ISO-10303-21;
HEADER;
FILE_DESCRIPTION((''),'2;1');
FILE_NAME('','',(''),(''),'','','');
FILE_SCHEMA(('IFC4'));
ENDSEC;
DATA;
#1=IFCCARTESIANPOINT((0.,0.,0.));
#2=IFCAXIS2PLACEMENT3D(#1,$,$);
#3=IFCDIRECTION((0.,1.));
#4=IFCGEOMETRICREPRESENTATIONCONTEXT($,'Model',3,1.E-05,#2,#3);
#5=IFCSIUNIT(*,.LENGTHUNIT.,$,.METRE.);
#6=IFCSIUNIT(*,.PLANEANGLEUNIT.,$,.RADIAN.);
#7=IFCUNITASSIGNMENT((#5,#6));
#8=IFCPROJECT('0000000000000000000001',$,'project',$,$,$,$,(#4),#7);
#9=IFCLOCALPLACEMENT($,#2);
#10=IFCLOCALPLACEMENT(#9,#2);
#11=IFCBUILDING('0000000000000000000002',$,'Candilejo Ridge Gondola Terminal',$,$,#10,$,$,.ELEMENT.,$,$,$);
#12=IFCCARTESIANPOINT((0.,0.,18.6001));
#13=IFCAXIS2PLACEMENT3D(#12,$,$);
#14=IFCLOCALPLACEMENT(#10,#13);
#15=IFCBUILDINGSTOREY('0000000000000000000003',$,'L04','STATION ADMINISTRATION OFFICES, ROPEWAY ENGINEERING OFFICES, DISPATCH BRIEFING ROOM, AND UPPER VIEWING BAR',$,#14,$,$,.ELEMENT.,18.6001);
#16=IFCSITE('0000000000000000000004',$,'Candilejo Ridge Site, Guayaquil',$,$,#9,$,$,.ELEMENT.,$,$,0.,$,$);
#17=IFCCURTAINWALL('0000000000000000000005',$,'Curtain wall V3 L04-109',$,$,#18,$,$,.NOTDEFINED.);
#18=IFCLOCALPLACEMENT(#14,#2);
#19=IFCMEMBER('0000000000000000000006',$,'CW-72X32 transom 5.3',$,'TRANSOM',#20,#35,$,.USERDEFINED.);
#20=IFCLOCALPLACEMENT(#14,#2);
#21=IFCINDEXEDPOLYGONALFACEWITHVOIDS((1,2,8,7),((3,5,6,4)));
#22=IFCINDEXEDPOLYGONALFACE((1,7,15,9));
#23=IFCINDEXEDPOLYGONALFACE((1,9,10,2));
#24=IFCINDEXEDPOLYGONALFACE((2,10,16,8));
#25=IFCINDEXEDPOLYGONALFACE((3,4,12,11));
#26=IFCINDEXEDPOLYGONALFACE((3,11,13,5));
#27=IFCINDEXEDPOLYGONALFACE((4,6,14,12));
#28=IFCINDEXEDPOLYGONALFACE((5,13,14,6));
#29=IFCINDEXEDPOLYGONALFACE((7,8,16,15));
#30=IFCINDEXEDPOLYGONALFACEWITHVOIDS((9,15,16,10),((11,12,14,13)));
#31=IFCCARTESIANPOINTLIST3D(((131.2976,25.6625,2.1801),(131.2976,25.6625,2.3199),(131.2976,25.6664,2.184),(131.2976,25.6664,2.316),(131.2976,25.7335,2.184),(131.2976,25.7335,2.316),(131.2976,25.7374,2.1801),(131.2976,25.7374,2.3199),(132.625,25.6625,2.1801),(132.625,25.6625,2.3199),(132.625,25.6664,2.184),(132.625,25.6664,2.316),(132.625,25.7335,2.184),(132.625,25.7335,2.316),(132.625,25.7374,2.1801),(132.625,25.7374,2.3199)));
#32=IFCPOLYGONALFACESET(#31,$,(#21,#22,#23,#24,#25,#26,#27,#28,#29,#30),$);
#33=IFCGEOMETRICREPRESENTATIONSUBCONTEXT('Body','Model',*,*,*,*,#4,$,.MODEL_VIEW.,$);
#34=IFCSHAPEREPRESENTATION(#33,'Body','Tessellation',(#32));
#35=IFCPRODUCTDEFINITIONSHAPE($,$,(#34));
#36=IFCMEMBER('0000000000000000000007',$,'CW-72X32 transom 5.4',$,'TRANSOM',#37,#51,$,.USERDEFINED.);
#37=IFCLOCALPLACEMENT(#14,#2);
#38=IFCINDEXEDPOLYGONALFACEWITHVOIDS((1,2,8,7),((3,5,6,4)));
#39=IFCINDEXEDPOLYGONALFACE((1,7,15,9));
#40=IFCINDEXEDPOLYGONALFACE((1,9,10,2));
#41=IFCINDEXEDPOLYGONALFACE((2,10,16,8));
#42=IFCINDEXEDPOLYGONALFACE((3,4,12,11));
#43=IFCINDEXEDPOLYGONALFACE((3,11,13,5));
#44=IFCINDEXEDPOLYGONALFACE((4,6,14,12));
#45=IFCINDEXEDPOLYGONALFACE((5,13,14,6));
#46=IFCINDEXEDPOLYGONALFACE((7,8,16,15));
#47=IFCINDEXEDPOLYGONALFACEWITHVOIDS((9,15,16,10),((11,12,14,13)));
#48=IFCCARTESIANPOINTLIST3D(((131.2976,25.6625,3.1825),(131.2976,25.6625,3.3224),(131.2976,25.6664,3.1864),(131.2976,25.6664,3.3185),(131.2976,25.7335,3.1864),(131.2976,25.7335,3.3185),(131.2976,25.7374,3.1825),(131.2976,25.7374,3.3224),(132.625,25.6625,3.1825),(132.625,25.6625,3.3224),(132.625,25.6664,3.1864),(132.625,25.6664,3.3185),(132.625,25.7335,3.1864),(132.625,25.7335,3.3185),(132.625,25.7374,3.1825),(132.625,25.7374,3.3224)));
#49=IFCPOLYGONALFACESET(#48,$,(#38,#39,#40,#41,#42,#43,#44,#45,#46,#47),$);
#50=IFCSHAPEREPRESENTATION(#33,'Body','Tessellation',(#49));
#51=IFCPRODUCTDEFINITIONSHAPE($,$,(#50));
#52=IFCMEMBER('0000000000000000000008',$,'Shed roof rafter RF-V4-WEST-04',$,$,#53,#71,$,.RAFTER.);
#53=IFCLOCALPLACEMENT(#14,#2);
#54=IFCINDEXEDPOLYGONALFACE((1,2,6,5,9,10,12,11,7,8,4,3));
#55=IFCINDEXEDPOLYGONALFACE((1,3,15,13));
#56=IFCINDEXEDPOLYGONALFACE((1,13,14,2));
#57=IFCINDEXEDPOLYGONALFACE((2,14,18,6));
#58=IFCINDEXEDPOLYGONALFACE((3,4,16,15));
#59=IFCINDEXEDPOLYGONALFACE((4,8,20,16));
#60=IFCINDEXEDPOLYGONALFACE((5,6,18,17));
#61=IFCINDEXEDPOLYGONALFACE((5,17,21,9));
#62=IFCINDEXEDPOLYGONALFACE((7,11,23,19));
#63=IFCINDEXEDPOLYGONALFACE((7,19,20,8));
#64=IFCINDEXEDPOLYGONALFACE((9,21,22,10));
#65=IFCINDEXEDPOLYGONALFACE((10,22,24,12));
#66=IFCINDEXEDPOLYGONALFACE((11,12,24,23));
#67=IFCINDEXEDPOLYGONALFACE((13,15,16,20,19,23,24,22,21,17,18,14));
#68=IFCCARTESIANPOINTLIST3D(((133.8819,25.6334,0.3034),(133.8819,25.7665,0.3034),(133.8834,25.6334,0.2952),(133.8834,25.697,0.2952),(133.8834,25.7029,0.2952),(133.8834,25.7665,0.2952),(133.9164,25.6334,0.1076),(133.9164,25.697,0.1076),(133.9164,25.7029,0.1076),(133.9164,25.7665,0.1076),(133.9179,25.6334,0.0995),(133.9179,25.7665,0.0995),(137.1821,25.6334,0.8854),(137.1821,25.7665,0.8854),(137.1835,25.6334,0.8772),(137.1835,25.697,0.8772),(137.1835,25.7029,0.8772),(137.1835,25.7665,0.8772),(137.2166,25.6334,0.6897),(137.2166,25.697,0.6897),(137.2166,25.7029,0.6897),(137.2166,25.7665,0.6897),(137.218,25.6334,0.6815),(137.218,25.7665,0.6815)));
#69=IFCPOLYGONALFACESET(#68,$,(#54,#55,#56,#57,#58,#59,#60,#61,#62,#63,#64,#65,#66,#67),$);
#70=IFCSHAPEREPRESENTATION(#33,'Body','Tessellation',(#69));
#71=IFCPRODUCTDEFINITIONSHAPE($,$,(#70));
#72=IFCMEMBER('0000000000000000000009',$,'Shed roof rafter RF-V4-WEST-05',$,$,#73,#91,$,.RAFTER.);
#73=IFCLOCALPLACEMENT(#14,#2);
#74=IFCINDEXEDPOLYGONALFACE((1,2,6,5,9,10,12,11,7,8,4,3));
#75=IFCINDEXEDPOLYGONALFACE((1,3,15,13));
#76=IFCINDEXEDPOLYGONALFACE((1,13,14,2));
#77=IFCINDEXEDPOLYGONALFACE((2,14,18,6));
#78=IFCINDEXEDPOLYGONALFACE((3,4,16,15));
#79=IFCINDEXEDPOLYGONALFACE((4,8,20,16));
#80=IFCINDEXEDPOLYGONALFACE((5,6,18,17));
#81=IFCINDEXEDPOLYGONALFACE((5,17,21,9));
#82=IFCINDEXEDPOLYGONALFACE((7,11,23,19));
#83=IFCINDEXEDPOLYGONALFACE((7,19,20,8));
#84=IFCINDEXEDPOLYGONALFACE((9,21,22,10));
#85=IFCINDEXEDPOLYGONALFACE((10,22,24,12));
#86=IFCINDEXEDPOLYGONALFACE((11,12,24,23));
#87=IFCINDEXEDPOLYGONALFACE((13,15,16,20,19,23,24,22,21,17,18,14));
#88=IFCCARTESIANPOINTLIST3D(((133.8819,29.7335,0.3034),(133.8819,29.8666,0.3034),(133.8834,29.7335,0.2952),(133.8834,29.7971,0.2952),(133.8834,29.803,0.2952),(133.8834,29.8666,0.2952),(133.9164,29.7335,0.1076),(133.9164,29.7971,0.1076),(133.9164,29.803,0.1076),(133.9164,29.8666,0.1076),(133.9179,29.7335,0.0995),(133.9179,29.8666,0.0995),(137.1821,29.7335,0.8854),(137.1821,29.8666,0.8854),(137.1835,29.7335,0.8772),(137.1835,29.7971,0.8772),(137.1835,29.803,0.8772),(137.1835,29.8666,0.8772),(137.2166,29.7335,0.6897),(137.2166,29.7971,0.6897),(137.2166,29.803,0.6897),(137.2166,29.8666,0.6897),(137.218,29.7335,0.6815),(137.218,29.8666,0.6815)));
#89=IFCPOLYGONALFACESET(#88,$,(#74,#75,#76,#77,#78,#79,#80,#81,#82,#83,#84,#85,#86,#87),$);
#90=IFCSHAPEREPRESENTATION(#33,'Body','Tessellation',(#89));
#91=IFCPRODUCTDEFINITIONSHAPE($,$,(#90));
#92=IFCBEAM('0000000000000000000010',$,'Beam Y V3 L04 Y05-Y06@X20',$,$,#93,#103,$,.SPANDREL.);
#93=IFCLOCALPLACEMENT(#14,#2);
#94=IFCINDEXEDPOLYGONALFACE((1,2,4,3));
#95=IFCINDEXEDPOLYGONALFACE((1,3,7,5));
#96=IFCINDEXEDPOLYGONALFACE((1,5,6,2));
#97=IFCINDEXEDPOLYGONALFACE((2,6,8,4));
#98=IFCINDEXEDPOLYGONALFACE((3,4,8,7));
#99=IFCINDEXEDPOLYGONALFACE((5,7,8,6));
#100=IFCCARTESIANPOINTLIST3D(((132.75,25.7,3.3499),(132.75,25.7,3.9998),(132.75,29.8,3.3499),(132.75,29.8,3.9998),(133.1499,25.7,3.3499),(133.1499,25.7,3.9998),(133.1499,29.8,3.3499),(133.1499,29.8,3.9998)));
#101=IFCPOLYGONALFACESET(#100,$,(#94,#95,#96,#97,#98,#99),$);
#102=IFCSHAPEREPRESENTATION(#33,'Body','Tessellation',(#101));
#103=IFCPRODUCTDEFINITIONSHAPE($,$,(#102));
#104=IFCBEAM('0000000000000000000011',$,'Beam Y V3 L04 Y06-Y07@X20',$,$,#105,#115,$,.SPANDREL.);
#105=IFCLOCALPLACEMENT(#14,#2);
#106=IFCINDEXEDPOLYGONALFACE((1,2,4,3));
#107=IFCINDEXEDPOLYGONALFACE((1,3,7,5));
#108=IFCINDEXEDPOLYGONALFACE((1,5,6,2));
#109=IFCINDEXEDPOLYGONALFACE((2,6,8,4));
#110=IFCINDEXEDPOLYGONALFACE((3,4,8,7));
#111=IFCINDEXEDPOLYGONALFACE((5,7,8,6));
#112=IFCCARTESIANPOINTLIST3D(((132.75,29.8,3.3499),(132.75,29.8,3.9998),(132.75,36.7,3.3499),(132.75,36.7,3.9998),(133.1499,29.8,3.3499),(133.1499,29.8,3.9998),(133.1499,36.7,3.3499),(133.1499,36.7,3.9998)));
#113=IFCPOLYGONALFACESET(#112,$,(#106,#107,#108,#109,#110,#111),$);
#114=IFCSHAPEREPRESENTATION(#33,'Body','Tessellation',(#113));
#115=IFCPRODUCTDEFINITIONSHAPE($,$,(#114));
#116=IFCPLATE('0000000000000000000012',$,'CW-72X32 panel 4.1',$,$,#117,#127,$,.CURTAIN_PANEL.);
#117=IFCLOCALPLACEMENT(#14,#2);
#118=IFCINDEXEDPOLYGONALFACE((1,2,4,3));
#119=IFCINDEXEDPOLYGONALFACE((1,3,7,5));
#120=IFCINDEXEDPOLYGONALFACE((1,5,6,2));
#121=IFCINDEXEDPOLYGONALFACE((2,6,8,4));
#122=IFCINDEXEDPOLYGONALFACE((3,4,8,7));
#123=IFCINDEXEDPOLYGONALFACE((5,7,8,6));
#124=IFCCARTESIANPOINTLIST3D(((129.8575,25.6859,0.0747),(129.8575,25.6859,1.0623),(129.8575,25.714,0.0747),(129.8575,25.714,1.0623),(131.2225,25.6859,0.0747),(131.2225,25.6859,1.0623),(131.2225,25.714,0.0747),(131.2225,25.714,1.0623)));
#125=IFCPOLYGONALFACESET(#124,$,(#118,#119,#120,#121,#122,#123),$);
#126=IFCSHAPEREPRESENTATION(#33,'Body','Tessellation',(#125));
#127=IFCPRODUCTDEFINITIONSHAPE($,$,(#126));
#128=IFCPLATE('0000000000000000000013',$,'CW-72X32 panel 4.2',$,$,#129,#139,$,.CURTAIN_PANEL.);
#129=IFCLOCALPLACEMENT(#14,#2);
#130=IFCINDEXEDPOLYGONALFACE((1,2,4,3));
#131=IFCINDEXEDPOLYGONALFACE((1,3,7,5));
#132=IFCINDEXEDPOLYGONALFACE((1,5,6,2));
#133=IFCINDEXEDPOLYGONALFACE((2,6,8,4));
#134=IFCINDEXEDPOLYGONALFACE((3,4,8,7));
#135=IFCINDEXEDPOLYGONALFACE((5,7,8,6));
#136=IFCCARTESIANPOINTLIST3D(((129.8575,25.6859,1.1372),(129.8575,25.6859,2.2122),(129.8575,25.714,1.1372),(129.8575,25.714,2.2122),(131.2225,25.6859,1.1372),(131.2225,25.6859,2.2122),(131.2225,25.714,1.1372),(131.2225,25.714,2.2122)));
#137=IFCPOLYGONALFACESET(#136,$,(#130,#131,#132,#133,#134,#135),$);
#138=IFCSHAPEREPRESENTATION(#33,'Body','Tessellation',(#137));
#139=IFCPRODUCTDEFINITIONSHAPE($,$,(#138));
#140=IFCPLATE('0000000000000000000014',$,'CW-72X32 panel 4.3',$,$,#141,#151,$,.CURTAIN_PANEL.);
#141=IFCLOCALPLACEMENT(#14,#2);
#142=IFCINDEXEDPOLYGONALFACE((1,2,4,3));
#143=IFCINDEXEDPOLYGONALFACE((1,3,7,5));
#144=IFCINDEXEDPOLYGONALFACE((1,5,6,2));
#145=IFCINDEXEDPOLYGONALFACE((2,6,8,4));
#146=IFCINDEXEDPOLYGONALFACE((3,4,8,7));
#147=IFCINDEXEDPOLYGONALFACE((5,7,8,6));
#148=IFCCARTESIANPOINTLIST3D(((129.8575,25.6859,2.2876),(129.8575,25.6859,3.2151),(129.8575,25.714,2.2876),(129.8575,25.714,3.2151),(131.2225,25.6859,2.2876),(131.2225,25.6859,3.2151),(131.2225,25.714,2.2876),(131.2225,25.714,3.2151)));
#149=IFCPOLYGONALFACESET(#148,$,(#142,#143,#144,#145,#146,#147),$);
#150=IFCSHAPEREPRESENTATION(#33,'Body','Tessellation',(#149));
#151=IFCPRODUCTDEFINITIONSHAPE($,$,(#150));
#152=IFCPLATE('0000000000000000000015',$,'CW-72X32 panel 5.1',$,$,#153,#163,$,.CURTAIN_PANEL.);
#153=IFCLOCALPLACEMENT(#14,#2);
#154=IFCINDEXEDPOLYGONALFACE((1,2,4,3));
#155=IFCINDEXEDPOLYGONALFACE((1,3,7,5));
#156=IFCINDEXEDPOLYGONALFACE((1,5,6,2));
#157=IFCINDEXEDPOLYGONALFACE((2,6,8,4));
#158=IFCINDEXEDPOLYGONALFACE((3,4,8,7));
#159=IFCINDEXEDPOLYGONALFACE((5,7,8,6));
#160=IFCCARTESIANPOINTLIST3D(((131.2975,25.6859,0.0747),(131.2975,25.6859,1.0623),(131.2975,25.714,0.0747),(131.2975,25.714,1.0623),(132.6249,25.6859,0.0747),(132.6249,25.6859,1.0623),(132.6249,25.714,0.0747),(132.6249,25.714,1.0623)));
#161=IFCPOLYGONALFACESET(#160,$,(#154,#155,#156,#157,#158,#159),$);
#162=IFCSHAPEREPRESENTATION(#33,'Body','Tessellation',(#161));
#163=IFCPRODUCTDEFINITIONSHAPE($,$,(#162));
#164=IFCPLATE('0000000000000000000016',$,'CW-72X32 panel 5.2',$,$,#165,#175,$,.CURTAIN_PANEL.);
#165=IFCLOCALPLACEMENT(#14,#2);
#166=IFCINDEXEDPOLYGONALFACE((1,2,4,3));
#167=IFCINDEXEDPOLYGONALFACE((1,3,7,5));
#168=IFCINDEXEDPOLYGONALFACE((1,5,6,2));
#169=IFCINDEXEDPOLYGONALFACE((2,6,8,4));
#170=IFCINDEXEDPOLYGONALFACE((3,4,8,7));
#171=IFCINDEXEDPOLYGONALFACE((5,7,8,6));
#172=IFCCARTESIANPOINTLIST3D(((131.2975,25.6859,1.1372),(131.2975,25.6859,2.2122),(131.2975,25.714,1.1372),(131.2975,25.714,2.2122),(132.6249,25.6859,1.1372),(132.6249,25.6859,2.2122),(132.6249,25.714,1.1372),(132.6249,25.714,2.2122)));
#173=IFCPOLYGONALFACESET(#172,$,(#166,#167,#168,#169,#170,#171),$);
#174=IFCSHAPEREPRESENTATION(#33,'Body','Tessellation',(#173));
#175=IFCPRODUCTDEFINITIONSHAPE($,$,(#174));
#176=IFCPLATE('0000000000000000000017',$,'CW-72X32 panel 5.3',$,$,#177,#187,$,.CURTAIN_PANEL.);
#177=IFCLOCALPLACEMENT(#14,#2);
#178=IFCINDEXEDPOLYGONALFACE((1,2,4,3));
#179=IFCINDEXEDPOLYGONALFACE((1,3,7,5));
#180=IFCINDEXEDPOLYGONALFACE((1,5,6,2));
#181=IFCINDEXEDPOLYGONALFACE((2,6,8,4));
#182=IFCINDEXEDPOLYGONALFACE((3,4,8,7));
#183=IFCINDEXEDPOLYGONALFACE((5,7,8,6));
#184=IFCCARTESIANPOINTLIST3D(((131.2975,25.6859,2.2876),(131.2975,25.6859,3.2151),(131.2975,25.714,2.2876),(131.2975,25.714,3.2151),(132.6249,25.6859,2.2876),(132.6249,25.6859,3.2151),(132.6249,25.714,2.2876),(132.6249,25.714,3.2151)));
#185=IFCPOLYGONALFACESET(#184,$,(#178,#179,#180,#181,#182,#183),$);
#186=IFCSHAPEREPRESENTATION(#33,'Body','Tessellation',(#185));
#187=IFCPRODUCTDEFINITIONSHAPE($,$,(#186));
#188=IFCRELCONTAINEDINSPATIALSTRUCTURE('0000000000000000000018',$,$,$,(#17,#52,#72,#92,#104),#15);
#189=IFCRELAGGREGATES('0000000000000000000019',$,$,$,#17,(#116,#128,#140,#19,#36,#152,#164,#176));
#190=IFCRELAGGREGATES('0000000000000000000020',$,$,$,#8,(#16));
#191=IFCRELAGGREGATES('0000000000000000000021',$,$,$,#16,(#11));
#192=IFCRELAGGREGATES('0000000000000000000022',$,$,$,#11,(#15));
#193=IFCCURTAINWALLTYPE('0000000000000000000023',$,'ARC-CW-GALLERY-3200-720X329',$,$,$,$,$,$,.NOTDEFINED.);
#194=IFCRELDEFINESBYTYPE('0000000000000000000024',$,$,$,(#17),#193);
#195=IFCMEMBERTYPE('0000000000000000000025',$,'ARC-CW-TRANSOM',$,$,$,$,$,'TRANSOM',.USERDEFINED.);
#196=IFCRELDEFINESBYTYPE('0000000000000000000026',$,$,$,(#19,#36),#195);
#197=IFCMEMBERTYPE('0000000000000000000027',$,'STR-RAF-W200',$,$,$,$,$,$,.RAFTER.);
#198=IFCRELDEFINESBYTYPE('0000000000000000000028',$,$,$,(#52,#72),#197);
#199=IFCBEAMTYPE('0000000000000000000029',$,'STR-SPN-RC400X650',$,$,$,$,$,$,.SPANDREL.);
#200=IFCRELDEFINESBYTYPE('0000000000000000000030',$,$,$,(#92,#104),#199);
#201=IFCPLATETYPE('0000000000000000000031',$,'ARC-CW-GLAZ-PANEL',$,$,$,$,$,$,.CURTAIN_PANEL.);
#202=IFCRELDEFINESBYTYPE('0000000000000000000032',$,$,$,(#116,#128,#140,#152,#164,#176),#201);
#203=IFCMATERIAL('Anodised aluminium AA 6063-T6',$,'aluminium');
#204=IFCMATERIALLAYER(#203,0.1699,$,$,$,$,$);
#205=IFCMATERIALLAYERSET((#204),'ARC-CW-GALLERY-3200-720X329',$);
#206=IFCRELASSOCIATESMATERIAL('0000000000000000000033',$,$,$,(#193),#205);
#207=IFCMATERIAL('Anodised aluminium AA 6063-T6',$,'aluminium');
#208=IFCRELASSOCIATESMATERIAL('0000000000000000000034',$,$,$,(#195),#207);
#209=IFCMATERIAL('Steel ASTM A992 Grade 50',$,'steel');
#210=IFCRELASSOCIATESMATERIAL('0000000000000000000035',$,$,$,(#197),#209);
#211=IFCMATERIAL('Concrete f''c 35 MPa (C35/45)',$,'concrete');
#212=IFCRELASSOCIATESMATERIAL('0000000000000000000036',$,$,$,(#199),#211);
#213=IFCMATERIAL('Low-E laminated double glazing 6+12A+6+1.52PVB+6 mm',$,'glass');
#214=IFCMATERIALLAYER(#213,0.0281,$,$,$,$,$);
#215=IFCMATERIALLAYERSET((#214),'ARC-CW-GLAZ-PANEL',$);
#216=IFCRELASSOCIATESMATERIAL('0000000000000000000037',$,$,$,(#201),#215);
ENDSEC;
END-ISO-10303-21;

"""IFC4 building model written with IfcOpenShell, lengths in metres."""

from ifc_helpers import new_model, si_unit, direction, frame, origin, origin_2d, place, context, subcontext, project, spatial, rectangle, hollow_rectangle, i_section, extrude, material, layer, layer_set, material_profile, profile_set, type_object, element, aggregate, save


model = new_model("IFC4")

# Units and contexts
model_context = context("Model", 3, precision=1e-05, world=origin(), true_north=direction((0.0, 1.0)))
body_context = subcontext(model_context, "Body", "Model", "MODEL_VIEW")
ifc_project = project(units=[si_unit("LENGTHUNIT", "METRE"), si_unit("PLANEANGLEUNIT", "RADIAN")], contexts=[model_context])

# Site, building, storey
site_placement = place(None, origin())
site = spatial("IfcSite", under=ifc_project, at=site_placement, Name="Candilejo Ridge Site, Guayaquil", CompositionType="ELEMENT", RefElevation=0.0)
building_placement = place(site_placement, origin())
building = spatial("IfcBuilding", under=site, at=building_placement, Name="Candilejo Ridge Gondola Terminal", CompositionType="ELEMENT")
storey_placement = place(building_placement, frame((0.0, 0.0, 18.6001)))
storey = spatial("IfcBuildingStorey", under=building, at=storey_placement, Name="L04", Description="STATION ADMINISTRATION OFFICES, ROPEWAY ENGINEERING OFFICES, DISPATCH BRIEFING ROOM, AND UPPER VIEWING BAR", CompositionType="ELEMENT", Elevation=18.6001)

# Curtain wall
ifc_material_1 = material(Name="Anodised aluminium AA 6063-T6", Category="aluminium")
ifc_layer_1 = layer(ifc_material_1, 0.1699)
ifc_layer_set_1 = layer_set([ifc_layer_1], Name="ARC-CW-GALLERY-3200-720X329")
curtain_wall_type = type_object("IfcCurtainWallType", Name="ARC-CW-GALLERY-3200-720X329", PredefinedType="NOTDEFINED", material=ifc_layer_set_1)
curtain_wall_1_placement = place(storey_placement, origin())
curtain_wall_1 = element("IfcCurtainWall", 1, at=curtain_wall_1_placement, inside=storey, type_object=curtain_wall_type, Name="Curtain wall V3 L04-109", PredefinedType="NOTDEFINED")

# Shared definitions
ifc_material_2 = material(Name="Anodised aluminium AA 6063-T6", Category="aluminium")
ifc_material_profile_1 = material_profile(ifc_material_2, hollow_rectangle(XDim=0.075, YDim=0.1399, WallThickness=0.0039, at=origin_2d()))
ifc_profile_set_1 = profile_set([ifc_material_profile_1], Name="Anodised aluminium AA 6063-T6")
member_type_1 = type_object("IfcMemberType", Name="ARC-CW-TRANSOM", ElementType="TRANSOM", PredefinedType="USERDEFINED", material=ifc_profile_set_1)

# Members
member_1_placement = place(storey_placement, frame((131.2976, 25.7, 2.25), z_axis=(1.0, 0.0, 0.0), x_axis=(0.0, 1.0, 0.0)))
member_1 = element("IfcMember", 2, at=member_1_placement, type_object=member_type_1, Name="CW-72X32 transom 5.3", ObjectType="TRANSOM", PredefinedType="USERDEFINED", context=body_context, shape_type="SweptSolid", body=[
    extrude(hollow_rectangle(XDim=0.075, YDim=0.1399, WallThickness=0.0039, at=origin_2d()), origin(), (0.0, 0.0, 1.0), 1.3274),
])
member_2_placement = place(storey_placement, frame((131.2976, 25.7, 3.2524), z_axis=(1.0, 0.0, 0.0), x_axis=(0.0, 1.0, 0.0)))
member_2 = element("IfcMember", 3, at=member_2_placement, type_object=member_type_1, Name="CW-72X32 transom 5.4", ObjectType="TRANSOM", PredefinedType="USERDEFINED", context=body_context, shape_type="SweptSolid", body=[
    extrude(hollow_rectangle(XDim=0.075, YDim=0.1399, WallThickness=0.0039, at=origin_2d()), origin(), (0.0, 0.0, 1.0), 1.3274),
])

# Members
ifc_material_3 = material(Name="Steel ASTM A992 Grade 50", Category="steel")
ifc_material_profile_2 = material_profile(ifc_material_3, i_section(OverallWidth=0.1331, OverallDepth=0.207, WebThickness=0.0059, FlangeThickness=0.0083, at=origin_2d()))
ifc_profile_set_2 = profile_set([ifc_material_profile_2], Name="Steel ASTM A992 Grade 50")
member_type_2 = type_object("IfcMemberType", Name="STR-RAF-W200", PredefinedType="RAFTER", material=ifc_profile_set_2)
for number, where, z_axis, x_axis, name in (
    (4, (133.8999, 25.7, 0.2014), (0.9848, 0.0, 0.17369), (0.0, 1.0, 0.0), "Shed roof rafter RF-V4-WEST-04"),
    (5, (133.8999, 29.8, 0.2014), (0.9848, 0.0, 0.17369), (0.0, 1.0, 0.0), "Shed roof rafter RF-V4-WEST-05"),
):
    element("IfcMember", number, at=place(storey_placement, frame(where, z_axis=z_axis, x_axis=x_axis)), inside=storey, type_object=member_type_2, Name=name, PredefinedType="RAFTER", context=body_context, shape_type="SweptSolid", body=[
        extrude(i_section(OverallWidth=0.1331, OverallDepth=0.207, WebThickness=0.0059, FlangeThickness=0.0083, at=origin_2d()), origin(), (0.0, 0.0, 1.0), 3.3511),
    ])

# Beams
ifc_material_4 = material(Name="Concrete f'c 35 MPa (C35/45)", Category="concrete")
ifc_material_profile_3 = material_profile(ifc_material_4, rectangle(XDim=0.3999, YDim=0.6499, at=origin_2d()))
ifc_profile_set_3 = profile_set([ifc_material_profile_3], Name="Concrete f'c 35 MPa (C35/45)")
beam_type = type_object("IfcBeamType", Name="STR-SPN-RC400X650", PredefinedType="SPANDREL", material=ifc_profile_set_3)
beam_1_placement = place(storey_placement, frame((132.95, 25.7, 3.6748), z_axis=(0.0, 1.0, 0.0), x_axis=(-1.0, 0.0, 0.0)))
element("IfcBeam", 6, at=beam_1_placement, inside=storey, type_object=beam_type, Name="Beam Y V3 L04 Y05-Y06@X20", PredefinedType="SPANDREL", context=body_context, shape_type="SweptSolid", body=[
    extrude(rectangle(XDim=0.3999, YDim=0.6499, at=origin_2d()), origin(), (0.0, 0.0, 1.0), 4.1001),
])
beam_2_placement = place(storey_placement, frame((132.95, 29.8, 3.6748), z_axis=(0.0, 1.0, 0.0), x_axis=(-1.0, 0.0, 0.0)))
element("IfcBeam", 7, at=beam_2_placement, inside=storey, type_object=beam_type, Name="Beam Y V3 L04 Y06-Y07@X20", PredefinedType="SPANDREL", context=body_context, shape_type="SweptSolid", body=[
    extrude(rectangle(XDim=0.3999, YDim=0.6499, at=origin_2d()), origin(), (0.0, 0.0, 1.0), 6.8999),
])

# Plates
ifc_material_5 = material(Name="Low-E laminated double glazing 6+12A+6+1.52PVB+6 mm", Category="glass")
ifc_layer_2 = layer(ifc_material_5, 0.0281)
ifc_layer_set_2 = layer_set([ifc_layer_2], Name="ARC-CW-GLAZ-PANEL")
plate_type = type_object("IfcPlateType", Name="ARC-CW-GLAZ-PANEL", PredefinedType="CURTAIN_PANEL", material=ifc_layer_set_2)
plate_1_placement = place(storey_placement, frame((130.54, 25.7, 0.0747), z_axis=(0.0, 0.0, 1.0), x_axis=(1.0, 0.0, 0.0)))
plate_1 = element("IfcPlate", 8, at=plate_1_placement, type_object=plate_type, Name="CW-72X32 panel 4.1", PredefinedType="CURTAIN_PANEL", context=body_context, shape_type="SweptSolid", body=[
    extrude(rectangle(XDim=1.365, YDim=0.0281, at=origin_2d()), origin(), (0.0, 0.0, 1.0), 0.9875),
])
plate_2_placement = place(storey_placement, frame((130.54, 25.7, 1.1372), z_axis=(0.0, 0.0, 1.0), x_axis=(1.0, 0.0, 0.0)))
plate_2 = element("IfcPlate", 9, at=plate_2_placement, type_object=plate_type, Name="CW-72X32 panel 4.2", PredefinedType="CURTAIN_PANEL", context=body_context, shape_type="SweptSolid", body=[
    extrude(rectangle(XDim=1.365, YDim=0.0281, at=origin_2d()), origin(), (0.0, 0.0, 1.0), 1.075),
])
plate_3_placement = place(storey_placement, frame((130.54, 25.7, 2.2876), z_axis=(0.0, 0.0, 1.0), x_axis=(1.0, 0.0, 0.0)))
plate_3 = element("IfcPlate", 10, at=plate_3_placement, type_object=plate_type, Name="CW-72X32 panel 4.3", PredefinedType="CURTAIN_PANEL", context=body_context, shape_type="SweptSolid", body=[
    extrude(rectangle(XDim=1.365, YDim=0.0281, at=origin_2d()), origin(), (0.0, 0.0, 1.0), 0.9275),
])
plate_4_placement = place(storey_placement, frame((131.9612, 25.7, 0.0747), z_axis=(0.0, 0.0, 1.0), x_axis=(1.0, 0.0, 0.0)))
plate_4 = element("IfcPlate", 11, at=plate_4_placement, type_object=plate_type, Name="CW-72X32 panel 5.1", PredefinedType="CURTAIN_PANEL", context=body_context, shape_type="SweptSolid", body=[
    extrude(rectangle(XDim=1.3274, YDim=0.0281, at=origin_2d()), origin(), (0.0, 0.0, 1.0), 0.9875),
])
plate_5_placement = place(storey_placement, frame((131.9612, 25.7, 1.1372), z_axis=(0.0, 0.0, 1.0), x_axis=(1.0, 0.0, 0.0)))
plate_5 = element("IfcPlate", 12, at=plate_5_placement, type_object=plate_type, Name="CW-72X32 panel 5.2", PredefinedType="CURTAIN_PANEL", context=body_context, shape_type="SweptSolid", body=[
    extrude(rectangle(XDim=1.3274, YDim=0.0281, at=origin_2d()), origin(), (0.0, 0.0, 1.0), 1.075),
])
plate_6_placement = place(storey_placement, frame((131.9612, 25.7, 2.2876), z_axis=(0.0, 0.0, 1.0), x_axis=(1.0, 0.0, 0.0)))
plate_6 = element("IfcPlate", 13, at=plate_6_placement, type_object=plate_type, Name="CW-72X32 panel 5.3", PredefinedType="CURTAIN_PANEL", context=body_context, shape_type="SweptSolid", body=[
    extrude(rectangle(XDim=1.3274, YDim=0.0281, at=origin_2d()), origin(), (0.0, 0.0, 1.0), 0.9275),
])
aggregate(curtain_wall_1, [plate_1, plate_2, plate_3, member_1, member_2, plate_4, plate_5, plate_6])

save(model, "model.ifc")
